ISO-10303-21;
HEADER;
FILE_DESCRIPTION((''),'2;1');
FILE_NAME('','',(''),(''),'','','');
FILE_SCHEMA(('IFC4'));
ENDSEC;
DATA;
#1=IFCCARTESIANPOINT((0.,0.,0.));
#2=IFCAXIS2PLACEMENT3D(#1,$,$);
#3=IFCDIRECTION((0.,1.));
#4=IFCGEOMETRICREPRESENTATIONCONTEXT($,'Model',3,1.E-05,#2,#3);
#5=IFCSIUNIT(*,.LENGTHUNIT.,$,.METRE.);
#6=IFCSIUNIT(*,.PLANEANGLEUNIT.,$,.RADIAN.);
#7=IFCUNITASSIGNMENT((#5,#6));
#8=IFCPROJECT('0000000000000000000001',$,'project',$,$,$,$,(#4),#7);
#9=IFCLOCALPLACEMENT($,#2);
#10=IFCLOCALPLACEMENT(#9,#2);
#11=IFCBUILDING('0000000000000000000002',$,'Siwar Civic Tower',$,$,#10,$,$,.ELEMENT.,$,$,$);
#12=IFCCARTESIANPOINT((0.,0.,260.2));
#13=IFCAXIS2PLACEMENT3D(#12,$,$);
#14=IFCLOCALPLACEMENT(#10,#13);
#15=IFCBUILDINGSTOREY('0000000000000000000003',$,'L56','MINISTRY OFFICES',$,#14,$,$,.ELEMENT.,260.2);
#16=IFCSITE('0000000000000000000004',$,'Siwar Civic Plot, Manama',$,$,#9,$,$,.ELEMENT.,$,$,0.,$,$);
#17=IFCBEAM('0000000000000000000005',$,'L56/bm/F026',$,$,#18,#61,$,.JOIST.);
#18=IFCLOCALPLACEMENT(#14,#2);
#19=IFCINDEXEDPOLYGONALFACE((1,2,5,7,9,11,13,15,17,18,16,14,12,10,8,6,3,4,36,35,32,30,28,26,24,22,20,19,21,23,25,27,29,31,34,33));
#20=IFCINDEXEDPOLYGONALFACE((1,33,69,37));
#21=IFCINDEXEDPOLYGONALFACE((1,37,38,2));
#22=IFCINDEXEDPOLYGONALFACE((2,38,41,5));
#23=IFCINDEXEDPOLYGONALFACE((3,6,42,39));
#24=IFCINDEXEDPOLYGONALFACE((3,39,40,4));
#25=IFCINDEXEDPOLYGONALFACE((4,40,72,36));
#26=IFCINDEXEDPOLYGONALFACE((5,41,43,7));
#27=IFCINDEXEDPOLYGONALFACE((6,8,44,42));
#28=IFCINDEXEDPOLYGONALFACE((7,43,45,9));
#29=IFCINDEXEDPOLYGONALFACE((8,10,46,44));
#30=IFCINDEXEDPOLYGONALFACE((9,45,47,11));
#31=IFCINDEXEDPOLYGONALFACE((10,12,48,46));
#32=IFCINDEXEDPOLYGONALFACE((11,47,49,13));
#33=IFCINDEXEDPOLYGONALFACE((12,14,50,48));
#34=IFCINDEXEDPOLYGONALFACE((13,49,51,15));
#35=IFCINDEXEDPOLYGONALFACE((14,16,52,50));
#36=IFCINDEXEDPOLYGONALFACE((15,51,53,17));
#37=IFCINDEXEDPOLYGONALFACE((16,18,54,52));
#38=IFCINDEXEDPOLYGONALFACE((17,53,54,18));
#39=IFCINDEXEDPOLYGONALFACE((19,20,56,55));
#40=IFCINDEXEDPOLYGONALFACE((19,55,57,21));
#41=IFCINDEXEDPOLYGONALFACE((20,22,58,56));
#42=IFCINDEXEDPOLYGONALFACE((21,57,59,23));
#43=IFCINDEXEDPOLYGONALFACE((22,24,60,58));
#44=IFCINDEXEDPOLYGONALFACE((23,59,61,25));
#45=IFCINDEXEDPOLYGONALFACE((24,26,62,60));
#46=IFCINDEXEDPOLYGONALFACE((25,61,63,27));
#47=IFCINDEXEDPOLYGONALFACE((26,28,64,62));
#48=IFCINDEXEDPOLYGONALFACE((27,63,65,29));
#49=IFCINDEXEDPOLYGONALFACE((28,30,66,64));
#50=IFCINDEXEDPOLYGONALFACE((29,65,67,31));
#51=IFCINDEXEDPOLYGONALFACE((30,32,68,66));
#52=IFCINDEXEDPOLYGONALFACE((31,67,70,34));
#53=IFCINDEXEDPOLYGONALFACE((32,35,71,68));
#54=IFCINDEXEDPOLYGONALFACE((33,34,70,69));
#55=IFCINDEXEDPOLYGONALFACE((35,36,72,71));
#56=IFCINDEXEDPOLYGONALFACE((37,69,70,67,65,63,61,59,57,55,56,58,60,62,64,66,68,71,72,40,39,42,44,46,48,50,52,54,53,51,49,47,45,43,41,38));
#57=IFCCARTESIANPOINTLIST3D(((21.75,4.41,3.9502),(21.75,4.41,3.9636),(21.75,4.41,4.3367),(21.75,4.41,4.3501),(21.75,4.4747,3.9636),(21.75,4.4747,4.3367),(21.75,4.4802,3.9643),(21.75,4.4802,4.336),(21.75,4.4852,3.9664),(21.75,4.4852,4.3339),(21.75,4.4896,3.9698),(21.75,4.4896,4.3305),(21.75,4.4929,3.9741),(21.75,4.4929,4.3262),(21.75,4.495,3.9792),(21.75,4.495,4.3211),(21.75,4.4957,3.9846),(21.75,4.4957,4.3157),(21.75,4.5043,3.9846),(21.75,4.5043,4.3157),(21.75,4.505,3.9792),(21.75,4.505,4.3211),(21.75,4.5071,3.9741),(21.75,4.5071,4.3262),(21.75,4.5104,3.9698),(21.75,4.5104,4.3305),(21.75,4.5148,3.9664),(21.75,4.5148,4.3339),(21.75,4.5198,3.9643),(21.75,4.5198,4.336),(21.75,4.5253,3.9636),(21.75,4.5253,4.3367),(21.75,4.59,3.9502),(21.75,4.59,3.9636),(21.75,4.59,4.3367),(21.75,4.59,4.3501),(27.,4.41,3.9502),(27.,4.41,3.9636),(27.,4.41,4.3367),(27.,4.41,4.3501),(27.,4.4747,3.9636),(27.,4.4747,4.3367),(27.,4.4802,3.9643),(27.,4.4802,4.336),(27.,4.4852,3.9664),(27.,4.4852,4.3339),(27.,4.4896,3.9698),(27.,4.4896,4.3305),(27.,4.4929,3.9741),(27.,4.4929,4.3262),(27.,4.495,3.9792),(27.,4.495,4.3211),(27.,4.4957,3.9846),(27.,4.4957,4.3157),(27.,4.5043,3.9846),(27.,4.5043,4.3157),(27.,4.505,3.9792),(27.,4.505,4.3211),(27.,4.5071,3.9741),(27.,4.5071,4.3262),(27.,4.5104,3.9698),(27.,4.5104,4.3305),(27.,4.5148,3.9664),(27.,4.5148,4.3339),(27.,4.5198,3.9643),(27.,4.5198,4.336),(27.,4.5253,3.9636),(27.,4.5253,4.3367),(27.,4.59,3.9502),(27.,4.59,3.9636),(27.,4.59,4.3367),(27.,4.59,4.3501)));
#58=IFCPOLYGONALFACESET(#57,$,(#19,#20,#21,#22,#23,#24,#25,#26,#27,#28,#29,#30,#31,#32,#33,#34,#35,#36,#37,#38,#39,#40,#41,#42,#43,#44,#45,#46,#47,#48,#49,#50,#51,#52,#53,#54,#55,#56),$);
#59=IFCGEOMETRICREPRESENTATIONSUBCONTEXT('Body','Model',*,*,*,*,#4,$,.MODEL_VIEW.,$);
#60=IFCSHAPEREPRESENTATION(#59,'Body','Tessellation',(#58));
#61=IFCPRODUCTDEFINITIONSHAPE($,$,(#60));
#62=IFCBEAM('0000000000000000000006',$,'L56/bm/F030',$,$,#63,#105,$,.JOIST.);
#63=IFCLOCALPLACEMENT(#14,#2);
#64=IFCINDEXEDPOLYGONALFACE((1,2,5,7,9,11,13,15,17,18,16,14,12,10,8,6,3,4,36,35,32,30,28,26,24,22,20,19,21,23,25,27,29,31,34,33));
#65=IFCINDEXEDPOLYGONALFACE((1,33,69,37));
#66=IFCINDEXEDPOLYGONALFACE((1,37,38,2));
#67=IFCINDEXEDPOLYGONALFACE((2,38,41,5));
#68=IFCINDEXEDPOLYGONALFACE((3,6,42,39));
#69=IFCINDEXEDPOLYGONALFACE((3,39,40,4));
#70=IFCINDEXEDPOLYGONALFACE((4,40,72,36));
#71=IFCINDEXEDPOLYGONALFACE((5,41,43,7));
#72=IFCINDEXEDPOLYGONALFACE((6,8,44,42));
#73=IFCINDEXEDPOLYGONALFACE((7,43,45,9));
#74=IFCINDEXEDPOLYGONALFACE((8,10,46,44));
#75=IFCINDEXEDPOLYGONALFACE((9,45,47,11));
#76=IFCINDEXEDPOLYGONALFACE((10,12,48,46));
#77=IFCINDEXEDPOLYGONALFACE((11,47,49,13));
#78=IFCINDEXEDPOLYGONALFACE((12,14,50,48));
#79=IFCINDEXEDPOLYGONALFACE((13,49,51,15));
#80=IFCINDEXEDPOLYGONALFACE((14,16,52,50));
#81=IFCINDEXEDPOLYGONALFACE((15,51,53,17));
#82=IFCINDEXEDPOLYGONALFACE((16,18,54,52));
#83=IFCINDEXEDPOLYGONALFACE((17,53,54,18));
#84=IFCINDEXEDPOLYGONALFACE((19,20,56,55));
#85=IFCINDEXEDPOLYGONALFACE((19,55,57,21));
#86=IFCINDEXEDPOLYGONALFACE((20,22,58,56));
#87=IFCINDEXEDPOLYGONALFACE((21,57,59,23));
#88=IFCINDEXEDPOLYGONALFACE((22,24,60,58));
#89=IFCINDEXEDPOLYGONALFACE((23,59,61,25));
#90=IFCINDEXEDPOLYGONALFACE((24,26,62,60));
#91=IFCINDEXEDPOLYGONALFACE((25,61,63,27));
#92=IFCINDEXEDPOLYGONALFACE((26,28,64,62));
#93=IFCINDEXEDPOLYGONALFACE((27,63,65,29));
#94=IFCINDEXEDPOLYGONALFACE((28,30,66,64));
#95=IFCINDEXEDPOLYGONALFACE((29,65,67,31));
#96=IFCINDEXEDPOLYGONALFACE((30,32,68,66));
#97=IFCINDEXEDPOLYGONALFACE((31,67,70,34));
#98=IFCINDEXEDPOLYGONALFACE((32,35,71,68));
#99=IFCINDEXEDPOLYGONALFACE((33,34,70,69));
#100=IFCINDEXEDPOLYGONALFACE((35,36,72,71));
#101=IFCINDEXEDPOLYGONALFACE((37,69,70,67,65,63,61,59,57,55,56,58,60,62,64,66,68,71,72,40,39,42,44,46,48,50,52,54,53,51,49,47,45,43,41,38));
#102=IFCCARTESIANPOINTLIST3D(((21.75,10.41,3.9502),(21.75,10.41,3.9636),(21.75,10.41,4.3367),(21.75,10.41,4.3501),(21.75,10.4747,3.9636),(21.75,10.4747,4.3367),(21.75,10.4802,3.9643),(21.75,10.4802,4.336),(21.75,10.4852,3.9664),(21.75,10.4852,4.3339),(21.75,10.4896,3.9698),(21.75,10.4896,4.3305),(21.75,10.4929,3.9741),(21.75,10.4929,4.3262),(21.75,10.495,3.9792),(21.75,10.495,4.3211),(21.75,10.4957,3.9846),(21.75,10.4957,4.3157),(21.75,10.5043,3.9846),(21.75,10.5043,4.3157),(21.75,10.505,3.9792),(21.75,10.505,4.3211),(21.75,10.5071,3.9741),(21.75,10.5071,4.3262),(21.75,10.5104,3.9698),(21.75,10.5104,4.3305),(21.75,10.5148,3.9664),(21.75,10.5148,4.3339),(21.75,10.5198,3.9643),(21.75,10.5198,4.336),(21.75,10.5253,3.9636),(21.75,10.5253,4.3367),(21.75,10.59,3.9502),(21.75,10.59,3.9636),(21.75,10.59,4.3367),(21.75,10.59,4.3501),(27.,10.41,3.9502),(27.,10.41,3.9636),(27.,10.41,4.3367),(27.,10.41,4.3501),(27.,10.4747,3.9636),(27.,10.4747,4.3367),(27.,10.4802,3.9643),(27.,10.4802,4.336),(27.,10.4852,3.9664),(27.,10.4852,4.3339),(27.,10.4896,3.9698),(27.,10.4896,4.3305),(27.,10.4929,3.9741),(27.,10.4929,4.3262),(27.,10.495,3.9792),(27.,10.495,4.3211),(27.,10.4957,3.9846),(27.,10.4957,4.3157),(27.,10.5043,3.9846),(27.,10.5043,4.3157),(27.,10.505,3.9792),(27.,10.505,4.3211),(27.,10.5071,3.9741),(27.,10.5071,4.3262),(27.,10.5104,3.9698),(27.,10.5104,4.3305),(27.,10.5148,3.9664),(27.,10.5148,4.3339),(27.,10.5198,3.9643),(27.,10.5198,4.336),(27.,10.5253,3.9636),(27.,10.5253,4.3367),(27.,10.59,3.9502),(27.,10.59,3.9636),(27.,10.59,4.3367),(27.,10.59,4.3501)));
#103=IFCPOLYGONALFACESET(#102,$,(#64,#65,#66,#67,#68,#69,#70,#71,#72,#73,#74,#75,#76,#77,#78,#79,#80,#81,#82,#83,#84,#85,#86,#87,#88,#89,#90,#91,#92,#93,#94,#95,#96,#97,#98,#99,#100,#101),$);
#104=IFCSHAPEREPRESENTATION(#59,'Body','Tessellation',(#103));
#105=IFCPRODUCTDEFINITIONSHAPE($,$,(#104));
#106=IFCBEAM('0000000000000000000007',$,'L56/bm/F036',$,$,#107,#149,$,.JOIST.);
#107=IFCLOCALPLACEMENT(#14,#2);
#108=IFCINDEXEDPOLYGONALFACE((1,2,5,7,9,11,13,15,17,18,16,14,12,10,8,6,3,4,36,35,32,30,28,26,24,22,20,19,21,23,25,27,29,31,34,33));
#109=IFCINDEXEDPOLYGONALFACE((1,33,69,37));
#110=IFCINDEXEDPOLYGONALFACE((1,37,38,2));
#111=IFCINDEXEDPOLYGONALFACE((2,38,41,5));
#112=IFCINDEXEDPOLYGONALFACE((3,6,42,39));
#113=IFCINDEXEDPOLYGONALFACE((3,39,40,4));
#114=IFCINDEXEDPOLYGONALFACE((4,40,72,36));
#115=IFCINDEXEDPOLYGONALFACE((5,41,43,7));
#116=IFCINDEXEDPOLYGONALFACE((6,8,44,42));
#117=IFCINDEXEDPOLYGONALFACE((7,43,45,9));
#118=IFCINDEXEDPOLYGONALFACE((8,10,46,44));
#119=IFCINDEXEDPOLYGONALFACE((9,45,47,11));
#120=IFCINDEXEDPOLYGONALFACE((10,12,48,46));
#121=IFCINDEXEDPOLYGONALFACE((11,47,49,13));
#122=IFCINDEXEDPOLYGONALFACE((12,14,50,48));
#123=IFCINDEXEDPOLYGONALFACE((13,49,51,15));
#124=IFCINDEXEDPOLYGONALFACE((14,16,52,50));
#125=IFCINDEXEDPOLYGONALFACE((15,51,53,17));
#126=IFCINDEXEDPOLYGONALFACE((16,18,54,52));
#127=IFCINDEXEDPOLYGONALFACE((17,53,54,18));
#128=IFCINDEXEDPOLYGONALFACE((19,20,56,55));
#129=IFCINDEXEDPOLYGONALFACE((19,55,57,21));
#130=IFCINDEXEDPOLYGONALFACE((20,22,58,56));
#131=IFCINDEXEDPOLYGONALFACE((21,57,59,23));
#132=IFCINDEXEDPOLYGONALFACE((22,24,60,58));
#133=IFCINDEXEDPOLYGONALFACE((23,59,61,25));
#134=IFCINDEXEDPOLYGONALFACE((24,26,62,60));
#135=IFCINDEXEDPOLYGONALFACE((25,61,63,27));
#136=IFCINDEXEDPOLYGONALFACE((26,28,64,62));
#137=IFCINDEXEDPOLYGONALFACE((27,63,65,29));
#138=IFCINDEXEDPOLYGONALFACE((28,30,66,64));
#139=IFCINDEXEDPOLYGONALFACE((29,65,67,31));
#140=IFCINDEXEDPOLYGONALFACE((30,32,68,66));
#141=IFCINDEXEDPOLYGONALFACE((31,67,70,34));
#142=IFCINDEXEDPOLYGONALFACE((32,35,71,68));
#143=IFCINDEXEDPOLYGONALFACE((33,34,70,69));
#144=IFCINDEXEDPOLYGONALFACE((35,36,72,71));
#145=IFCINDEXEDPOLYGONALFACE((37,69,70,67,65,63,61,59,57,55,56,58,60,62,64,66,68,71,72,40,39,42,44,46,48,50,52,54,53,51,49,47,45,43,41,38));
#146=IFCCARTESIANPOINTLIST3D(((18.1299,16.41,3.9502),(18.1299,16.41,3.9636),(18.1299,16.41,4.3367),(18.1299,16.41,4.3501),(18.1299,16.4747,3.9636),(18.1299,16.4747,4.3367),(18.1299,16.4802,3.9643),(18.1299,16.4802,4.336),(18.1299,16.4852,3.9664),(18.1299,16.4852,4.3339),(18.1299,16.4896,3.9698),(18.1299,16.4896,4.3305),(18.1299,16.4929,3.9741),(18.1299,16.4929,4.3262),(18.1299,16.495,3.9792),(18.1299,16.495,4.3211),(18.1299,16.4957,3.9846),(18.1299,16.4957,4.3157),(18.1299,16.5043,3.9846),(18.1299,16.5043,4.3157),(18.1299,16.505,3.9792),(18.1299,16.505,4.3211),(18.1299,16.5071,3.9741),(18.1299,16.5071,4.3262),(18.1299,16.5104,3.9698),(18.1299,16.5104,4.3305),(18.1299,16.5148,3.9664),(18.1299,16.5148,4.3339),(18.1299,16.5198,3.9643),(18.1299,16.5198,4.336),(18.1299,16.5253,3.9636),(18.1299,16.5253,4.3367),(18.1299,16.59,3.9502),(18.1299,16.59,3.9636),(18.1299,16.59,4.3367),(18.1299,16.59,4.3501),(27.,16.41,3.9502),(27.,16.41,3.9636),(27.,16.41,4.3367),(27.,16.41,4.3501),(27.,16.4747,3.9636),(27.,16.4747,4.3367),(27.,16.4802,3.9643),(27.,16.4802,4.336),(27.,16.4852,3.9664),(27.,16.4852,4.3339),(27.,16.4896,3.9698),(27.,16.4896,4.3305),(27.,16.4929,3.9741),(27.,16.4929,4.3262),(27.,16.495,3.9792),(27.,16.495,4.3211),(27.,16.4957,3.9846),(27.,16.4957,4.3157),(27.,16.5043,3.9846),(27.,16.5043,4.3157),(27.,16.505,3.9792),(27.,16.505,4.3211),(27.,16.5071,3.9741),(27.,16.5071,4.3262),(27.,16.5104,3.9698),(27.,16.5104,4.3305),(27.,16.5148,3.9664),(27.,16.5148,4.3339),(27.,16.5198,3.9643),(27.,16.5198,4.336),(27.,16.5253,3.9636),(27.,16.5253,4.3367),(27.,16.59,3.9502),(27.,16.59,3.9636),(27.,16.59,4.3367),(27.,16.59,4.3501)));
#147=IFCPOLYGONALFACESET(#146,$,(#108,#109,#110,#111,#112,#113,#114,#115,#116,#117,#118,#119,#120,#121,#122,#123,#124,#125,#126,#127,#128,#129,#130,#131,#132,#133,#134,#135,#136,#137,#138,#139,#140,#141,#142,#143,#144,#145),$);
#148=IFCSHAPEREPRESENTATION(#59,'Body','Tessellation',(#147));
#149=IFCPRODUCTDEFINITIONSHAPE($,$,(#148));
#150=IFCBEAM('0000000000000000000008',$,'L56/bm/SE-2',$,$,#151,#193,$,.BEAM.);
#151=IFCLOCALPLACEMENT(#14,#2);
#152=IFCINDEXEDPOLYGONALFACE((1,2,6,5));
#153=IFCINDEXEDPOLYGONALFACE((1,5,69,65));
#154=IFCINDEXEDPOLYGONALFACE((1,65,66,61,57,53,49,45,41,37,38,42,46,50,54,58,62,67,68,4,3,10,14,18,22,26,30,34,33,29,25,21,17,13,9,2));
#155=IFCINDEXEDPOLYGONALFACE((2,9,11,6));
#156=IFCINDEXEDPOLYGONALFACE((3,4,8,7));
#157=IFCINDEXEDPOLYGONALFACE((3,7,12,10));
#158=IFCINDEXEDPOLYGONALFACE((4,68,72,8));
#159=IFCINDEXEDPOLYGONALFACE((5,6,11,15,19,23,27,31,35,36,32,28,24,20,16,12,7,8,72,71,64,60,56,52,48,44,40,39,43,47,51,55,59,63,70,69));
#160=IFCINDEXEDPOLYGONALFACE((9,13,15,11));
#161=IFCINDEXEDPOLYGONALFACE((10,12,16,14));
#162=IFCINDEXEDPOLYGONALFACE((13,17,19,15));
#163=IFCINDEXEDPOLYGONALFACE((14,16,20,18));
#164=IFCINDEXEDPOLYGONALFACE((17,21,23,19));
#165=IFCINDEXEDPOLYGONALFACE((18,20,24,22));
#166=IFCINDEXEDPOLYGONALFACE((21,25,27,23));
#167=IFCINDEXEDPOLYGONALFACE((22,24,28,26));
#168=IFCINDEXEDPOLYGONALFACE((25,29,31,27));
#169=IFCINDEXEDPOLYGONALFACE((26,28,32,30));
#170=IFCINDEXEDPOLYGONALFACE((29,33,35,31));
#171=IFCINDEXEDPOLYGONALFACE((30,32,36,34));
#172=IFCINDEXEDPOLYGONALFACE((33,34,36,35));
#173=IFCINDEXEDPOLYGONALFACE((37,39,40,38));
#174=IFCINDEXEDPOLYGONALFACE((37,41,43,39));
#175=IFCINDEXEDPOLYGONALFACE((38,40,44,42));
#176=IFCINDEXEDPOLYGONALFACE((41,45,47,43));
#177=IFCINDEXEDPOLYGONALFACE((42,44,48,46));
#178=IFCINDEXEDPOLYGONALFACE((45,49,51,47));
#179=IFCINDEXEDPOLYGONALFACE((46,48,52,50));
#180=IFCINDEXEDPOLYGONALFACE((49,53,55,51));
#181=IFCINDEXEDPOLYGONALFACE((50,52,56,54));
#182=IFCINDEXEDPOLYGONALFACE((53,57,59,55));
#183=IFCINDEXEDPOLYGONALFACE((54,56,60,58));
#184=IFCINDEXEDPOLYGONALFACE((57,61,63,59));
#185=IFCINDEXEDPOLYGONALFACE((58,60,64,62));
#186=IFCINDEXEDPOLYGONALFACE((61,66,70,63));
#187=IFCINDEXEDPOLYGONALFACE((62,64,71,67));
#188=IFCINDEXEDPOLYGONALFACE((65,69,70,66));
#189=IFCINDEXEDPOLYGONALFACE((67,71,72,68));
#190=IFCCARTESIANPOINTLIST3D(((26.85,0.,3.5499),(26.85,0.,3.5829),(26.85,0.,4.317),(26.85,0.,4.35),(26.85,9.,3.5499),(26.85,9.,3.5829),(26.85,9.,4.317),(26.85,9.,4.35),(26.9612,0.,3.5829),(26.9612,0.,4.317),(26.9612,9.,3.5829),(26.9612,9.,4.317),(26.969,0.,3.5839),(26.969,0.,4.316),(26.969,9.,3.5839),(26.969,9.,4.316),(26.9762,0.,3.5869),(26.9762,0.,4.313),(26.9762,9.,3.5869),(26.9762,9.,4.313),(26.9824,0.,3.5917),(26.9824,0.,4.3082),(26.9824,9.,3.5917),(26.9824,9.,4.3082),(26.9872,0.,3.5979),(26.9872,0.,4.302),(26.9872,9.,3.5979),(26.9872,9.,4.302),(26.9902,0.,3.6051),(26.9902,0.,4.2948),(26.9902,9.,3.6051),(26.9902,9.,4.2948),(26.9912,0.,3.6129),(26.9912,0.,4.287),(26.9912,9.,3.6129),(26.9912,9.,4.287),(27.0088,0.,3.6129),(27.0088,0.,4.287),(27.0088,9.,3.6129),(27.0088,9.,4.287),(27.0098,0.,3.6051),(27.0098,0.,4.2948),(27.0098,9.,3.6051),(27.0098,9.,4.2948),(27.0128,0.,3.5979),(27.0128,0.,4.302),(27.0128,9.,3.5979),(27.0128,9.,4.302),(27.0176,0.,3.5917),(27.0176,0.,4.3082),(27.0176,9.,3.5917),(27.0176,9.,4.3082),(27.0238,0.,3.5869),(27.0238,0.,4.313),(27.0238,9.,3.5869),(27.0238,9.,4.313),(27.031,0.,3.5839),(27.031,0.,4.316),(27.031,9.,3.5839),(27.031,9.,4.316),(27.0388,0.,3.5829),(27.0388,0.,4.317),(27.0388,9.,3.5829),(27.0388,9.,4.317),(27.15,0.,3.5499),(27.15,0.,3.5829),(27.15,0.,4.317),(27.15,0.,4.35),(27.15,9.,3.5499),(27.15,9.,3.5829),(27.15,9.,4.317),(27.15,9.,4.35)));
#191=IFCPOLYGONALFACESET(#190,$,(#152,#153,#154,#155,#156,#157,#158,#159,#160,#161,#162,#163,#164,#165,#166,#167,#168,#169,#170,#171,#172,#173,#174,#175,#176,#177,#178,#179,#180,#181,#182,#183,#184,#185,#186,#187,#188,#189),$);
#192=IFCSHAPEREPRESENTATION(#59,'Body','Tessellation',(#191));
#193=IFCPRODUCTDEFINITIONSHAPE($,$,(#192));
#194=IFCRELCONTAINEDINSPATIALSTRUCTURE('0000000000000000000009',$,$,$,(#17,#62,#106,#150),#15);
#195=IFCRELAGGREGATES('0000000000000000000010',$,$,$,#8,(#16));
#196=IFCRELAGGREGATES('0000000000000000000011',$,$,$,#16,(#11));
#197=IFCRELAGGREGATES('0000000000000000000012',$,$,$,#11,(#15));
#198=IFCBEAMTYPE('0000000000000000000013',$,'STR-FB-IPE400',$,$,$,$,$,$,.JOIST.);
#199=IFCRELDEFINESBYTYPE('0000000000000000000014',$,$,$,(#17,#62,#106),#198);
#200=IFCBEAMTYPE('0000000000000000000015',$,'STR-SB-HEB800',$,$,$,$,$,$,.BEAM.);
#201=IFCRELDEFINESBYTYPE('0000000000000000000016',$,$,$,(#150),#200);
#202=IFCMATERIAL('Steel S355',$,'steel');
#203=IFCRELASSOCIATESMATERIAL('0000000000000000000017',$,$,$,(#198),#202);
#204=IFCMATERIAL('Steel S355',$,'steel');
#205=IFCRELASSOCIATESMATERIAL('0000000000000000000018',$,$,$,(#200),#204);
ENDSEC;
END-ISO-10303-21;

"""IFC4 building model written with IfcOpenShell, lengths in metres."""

from ifc_helpers import new_model, si_unit, direction, frame, origin, origin_2d, place, context, subcontext, project, spatial, i_section, extrude, material, material_profile, profile_set, type_object, element, save


model = new_model("IFC4")

# Units and contexts
model_context = context("Model", 3, precision=1e-05, world=origin(), true_north=direction((0.0, 1.0)))
body_context = subcontext(model_context, "Body", "Model", "MODEL_VIEW")
ifc_project = project(units=[si_unit("LENGTHUNIT", "METRE"), si_unit("PLANEANGLEUNIT", "RADIAN")], contexts=[model_context])

# Site, building, storey
site_placement = place(None, origin())
site = spatial("IfcSite", under=ifc_project, at=site_placement, Name="Siwar Civic Plot, Manama", CompositionType="ELEMENT", RefElevation=0.0)
building_placement = place(site_placement, origin())
building = spatial("IfcBuilding", under=site, at=building_placement, Name="Siwar Civic Tower", CompositionType="ELEMENT")
storey_placement = place(building_placement, frame((0.0, 0.0, 260.2)))
storey = spatial("IfcBuildingStorey", under=building, at=storey_placement, Name="L56", Description="MINISTRY OFFICES", CompositionType="ELEMENT", Elevation=260.2)

# Beams
ifc_material_1 = material(Name="Steel S355", Category="steel")
ifc_material_profile_1 = material_profile(ifc_material_1, i_section(OverallWidth=0.1799, OverallDepth=0.3999, WebThickness=0.0085, FlangeThickness=0.0134, FilletRadius=0.021, at=origin_2d()), Name="IPE400")
ifc_profile_set_1 = profile_set([ifc_material_profile_1], Name="Steel S355")
beam_type_1 = type_object("IfcBeamType", Name="STR-FB-IPE400", PredefinedType="JOIST", material=ifc_profile_set_1)
for number, where, z_axis, x_axis, name in (
    (1, (21.75, 4.5, 4.1501), (1.0, 0.0, 0.0), (0.0, 1.0, 0.0), "L56/bm/F026"),
    (2, (21.75, 10.5, 4.1501), (1.0, 0.0, 0.0), (0.0, 1.0, 0.0), "L56/bm/F030"),
):
    element("IfcBeam", number, at=place(storey_placement, frame(where, z_axis=z_axis, x_axis=x_axis)), inside=storey, type_object=beam_type_1, Name=name, PredefinedType="JOIST", context=body_context, shape_type="SweptSolid", body=[
        extrude(i_section(OverallWidth=0.1799, OverallDepth=0.3999, WebThickness=0.0085, FlangeThickness=0.0134, FilletRadius=0.021, at=origin_2d()), origin(), (0.0, 0.0, 1.0), 5.25),
    ])
beam_1_placement = place(storey_placement, frame((18.1299, 16.5, 4.1501), z_axis=(1.0, 0.0, 0.0), x_axis=(0.0, 1.0, 0.0)))
element("IfcBeam", 3, at=beam_1_placement, inside=storey, type_object=beam_type_1, Name="L56/bm/F036", PredefinedType="JOIST", context=body_context, shape_type="SweptSolid", body=[
    extrude(i_section(OverallWidth=0.1799, OverallDepth=0.3999, WebThickness=0.0085, FlangeThickness=0.0134, FilletRadius=0.021, at=origin_2d()), origin(), (0.0, 0.0, 1.0), 8.8701),
])
ifc_material_2 = material(Name="Steel S355", Category="steel")
ifc_material_profile_2 = material_profile(ifc_material_2, i_section(OverallWidth=0.3, OverallDepth=0.8, WebThickness=0.0176, FlangeThickness=0.033, FilletRadius=0.03, at=origin_2d()), Name="HEB800")
ifc_profile_set_2 = profile_set([ifc_material_profile_2], Name="Steel S355")
beam_type_2 = type_object("IfcBeamType", Name="STR-SB-HEB800", PredefinedType="BEAM", material=ifc_profile_set_2)
for number, where, z_axis, x_axis, name in (
    (4, (27.0, 0.0, 3.95), (0.0, 1.0, 0.0), (-1.0, 0.0, 0.0), "L56/bm/SE-2"),
):
    element("IfcBeam", number, at=place(storey_placement, frame(where, z_axis=z_axis, x_axis=x_axis)), inside=storey, type_object=beam_type_2, Name=name, PredefinedType="BEAM", context=body_context, shape_type="SweptSolid", body=[
        extrude(i_section(OverallWidth=0.3, OverallDepth=0.8, WebThickness=0.0176, FlangeThickness=0.033, FilletRadius=0.03, at=origin_2d()), origin(), (0.0, 0.0, 1.0), 9.0),
    ])

save(model, "model.ifc")
